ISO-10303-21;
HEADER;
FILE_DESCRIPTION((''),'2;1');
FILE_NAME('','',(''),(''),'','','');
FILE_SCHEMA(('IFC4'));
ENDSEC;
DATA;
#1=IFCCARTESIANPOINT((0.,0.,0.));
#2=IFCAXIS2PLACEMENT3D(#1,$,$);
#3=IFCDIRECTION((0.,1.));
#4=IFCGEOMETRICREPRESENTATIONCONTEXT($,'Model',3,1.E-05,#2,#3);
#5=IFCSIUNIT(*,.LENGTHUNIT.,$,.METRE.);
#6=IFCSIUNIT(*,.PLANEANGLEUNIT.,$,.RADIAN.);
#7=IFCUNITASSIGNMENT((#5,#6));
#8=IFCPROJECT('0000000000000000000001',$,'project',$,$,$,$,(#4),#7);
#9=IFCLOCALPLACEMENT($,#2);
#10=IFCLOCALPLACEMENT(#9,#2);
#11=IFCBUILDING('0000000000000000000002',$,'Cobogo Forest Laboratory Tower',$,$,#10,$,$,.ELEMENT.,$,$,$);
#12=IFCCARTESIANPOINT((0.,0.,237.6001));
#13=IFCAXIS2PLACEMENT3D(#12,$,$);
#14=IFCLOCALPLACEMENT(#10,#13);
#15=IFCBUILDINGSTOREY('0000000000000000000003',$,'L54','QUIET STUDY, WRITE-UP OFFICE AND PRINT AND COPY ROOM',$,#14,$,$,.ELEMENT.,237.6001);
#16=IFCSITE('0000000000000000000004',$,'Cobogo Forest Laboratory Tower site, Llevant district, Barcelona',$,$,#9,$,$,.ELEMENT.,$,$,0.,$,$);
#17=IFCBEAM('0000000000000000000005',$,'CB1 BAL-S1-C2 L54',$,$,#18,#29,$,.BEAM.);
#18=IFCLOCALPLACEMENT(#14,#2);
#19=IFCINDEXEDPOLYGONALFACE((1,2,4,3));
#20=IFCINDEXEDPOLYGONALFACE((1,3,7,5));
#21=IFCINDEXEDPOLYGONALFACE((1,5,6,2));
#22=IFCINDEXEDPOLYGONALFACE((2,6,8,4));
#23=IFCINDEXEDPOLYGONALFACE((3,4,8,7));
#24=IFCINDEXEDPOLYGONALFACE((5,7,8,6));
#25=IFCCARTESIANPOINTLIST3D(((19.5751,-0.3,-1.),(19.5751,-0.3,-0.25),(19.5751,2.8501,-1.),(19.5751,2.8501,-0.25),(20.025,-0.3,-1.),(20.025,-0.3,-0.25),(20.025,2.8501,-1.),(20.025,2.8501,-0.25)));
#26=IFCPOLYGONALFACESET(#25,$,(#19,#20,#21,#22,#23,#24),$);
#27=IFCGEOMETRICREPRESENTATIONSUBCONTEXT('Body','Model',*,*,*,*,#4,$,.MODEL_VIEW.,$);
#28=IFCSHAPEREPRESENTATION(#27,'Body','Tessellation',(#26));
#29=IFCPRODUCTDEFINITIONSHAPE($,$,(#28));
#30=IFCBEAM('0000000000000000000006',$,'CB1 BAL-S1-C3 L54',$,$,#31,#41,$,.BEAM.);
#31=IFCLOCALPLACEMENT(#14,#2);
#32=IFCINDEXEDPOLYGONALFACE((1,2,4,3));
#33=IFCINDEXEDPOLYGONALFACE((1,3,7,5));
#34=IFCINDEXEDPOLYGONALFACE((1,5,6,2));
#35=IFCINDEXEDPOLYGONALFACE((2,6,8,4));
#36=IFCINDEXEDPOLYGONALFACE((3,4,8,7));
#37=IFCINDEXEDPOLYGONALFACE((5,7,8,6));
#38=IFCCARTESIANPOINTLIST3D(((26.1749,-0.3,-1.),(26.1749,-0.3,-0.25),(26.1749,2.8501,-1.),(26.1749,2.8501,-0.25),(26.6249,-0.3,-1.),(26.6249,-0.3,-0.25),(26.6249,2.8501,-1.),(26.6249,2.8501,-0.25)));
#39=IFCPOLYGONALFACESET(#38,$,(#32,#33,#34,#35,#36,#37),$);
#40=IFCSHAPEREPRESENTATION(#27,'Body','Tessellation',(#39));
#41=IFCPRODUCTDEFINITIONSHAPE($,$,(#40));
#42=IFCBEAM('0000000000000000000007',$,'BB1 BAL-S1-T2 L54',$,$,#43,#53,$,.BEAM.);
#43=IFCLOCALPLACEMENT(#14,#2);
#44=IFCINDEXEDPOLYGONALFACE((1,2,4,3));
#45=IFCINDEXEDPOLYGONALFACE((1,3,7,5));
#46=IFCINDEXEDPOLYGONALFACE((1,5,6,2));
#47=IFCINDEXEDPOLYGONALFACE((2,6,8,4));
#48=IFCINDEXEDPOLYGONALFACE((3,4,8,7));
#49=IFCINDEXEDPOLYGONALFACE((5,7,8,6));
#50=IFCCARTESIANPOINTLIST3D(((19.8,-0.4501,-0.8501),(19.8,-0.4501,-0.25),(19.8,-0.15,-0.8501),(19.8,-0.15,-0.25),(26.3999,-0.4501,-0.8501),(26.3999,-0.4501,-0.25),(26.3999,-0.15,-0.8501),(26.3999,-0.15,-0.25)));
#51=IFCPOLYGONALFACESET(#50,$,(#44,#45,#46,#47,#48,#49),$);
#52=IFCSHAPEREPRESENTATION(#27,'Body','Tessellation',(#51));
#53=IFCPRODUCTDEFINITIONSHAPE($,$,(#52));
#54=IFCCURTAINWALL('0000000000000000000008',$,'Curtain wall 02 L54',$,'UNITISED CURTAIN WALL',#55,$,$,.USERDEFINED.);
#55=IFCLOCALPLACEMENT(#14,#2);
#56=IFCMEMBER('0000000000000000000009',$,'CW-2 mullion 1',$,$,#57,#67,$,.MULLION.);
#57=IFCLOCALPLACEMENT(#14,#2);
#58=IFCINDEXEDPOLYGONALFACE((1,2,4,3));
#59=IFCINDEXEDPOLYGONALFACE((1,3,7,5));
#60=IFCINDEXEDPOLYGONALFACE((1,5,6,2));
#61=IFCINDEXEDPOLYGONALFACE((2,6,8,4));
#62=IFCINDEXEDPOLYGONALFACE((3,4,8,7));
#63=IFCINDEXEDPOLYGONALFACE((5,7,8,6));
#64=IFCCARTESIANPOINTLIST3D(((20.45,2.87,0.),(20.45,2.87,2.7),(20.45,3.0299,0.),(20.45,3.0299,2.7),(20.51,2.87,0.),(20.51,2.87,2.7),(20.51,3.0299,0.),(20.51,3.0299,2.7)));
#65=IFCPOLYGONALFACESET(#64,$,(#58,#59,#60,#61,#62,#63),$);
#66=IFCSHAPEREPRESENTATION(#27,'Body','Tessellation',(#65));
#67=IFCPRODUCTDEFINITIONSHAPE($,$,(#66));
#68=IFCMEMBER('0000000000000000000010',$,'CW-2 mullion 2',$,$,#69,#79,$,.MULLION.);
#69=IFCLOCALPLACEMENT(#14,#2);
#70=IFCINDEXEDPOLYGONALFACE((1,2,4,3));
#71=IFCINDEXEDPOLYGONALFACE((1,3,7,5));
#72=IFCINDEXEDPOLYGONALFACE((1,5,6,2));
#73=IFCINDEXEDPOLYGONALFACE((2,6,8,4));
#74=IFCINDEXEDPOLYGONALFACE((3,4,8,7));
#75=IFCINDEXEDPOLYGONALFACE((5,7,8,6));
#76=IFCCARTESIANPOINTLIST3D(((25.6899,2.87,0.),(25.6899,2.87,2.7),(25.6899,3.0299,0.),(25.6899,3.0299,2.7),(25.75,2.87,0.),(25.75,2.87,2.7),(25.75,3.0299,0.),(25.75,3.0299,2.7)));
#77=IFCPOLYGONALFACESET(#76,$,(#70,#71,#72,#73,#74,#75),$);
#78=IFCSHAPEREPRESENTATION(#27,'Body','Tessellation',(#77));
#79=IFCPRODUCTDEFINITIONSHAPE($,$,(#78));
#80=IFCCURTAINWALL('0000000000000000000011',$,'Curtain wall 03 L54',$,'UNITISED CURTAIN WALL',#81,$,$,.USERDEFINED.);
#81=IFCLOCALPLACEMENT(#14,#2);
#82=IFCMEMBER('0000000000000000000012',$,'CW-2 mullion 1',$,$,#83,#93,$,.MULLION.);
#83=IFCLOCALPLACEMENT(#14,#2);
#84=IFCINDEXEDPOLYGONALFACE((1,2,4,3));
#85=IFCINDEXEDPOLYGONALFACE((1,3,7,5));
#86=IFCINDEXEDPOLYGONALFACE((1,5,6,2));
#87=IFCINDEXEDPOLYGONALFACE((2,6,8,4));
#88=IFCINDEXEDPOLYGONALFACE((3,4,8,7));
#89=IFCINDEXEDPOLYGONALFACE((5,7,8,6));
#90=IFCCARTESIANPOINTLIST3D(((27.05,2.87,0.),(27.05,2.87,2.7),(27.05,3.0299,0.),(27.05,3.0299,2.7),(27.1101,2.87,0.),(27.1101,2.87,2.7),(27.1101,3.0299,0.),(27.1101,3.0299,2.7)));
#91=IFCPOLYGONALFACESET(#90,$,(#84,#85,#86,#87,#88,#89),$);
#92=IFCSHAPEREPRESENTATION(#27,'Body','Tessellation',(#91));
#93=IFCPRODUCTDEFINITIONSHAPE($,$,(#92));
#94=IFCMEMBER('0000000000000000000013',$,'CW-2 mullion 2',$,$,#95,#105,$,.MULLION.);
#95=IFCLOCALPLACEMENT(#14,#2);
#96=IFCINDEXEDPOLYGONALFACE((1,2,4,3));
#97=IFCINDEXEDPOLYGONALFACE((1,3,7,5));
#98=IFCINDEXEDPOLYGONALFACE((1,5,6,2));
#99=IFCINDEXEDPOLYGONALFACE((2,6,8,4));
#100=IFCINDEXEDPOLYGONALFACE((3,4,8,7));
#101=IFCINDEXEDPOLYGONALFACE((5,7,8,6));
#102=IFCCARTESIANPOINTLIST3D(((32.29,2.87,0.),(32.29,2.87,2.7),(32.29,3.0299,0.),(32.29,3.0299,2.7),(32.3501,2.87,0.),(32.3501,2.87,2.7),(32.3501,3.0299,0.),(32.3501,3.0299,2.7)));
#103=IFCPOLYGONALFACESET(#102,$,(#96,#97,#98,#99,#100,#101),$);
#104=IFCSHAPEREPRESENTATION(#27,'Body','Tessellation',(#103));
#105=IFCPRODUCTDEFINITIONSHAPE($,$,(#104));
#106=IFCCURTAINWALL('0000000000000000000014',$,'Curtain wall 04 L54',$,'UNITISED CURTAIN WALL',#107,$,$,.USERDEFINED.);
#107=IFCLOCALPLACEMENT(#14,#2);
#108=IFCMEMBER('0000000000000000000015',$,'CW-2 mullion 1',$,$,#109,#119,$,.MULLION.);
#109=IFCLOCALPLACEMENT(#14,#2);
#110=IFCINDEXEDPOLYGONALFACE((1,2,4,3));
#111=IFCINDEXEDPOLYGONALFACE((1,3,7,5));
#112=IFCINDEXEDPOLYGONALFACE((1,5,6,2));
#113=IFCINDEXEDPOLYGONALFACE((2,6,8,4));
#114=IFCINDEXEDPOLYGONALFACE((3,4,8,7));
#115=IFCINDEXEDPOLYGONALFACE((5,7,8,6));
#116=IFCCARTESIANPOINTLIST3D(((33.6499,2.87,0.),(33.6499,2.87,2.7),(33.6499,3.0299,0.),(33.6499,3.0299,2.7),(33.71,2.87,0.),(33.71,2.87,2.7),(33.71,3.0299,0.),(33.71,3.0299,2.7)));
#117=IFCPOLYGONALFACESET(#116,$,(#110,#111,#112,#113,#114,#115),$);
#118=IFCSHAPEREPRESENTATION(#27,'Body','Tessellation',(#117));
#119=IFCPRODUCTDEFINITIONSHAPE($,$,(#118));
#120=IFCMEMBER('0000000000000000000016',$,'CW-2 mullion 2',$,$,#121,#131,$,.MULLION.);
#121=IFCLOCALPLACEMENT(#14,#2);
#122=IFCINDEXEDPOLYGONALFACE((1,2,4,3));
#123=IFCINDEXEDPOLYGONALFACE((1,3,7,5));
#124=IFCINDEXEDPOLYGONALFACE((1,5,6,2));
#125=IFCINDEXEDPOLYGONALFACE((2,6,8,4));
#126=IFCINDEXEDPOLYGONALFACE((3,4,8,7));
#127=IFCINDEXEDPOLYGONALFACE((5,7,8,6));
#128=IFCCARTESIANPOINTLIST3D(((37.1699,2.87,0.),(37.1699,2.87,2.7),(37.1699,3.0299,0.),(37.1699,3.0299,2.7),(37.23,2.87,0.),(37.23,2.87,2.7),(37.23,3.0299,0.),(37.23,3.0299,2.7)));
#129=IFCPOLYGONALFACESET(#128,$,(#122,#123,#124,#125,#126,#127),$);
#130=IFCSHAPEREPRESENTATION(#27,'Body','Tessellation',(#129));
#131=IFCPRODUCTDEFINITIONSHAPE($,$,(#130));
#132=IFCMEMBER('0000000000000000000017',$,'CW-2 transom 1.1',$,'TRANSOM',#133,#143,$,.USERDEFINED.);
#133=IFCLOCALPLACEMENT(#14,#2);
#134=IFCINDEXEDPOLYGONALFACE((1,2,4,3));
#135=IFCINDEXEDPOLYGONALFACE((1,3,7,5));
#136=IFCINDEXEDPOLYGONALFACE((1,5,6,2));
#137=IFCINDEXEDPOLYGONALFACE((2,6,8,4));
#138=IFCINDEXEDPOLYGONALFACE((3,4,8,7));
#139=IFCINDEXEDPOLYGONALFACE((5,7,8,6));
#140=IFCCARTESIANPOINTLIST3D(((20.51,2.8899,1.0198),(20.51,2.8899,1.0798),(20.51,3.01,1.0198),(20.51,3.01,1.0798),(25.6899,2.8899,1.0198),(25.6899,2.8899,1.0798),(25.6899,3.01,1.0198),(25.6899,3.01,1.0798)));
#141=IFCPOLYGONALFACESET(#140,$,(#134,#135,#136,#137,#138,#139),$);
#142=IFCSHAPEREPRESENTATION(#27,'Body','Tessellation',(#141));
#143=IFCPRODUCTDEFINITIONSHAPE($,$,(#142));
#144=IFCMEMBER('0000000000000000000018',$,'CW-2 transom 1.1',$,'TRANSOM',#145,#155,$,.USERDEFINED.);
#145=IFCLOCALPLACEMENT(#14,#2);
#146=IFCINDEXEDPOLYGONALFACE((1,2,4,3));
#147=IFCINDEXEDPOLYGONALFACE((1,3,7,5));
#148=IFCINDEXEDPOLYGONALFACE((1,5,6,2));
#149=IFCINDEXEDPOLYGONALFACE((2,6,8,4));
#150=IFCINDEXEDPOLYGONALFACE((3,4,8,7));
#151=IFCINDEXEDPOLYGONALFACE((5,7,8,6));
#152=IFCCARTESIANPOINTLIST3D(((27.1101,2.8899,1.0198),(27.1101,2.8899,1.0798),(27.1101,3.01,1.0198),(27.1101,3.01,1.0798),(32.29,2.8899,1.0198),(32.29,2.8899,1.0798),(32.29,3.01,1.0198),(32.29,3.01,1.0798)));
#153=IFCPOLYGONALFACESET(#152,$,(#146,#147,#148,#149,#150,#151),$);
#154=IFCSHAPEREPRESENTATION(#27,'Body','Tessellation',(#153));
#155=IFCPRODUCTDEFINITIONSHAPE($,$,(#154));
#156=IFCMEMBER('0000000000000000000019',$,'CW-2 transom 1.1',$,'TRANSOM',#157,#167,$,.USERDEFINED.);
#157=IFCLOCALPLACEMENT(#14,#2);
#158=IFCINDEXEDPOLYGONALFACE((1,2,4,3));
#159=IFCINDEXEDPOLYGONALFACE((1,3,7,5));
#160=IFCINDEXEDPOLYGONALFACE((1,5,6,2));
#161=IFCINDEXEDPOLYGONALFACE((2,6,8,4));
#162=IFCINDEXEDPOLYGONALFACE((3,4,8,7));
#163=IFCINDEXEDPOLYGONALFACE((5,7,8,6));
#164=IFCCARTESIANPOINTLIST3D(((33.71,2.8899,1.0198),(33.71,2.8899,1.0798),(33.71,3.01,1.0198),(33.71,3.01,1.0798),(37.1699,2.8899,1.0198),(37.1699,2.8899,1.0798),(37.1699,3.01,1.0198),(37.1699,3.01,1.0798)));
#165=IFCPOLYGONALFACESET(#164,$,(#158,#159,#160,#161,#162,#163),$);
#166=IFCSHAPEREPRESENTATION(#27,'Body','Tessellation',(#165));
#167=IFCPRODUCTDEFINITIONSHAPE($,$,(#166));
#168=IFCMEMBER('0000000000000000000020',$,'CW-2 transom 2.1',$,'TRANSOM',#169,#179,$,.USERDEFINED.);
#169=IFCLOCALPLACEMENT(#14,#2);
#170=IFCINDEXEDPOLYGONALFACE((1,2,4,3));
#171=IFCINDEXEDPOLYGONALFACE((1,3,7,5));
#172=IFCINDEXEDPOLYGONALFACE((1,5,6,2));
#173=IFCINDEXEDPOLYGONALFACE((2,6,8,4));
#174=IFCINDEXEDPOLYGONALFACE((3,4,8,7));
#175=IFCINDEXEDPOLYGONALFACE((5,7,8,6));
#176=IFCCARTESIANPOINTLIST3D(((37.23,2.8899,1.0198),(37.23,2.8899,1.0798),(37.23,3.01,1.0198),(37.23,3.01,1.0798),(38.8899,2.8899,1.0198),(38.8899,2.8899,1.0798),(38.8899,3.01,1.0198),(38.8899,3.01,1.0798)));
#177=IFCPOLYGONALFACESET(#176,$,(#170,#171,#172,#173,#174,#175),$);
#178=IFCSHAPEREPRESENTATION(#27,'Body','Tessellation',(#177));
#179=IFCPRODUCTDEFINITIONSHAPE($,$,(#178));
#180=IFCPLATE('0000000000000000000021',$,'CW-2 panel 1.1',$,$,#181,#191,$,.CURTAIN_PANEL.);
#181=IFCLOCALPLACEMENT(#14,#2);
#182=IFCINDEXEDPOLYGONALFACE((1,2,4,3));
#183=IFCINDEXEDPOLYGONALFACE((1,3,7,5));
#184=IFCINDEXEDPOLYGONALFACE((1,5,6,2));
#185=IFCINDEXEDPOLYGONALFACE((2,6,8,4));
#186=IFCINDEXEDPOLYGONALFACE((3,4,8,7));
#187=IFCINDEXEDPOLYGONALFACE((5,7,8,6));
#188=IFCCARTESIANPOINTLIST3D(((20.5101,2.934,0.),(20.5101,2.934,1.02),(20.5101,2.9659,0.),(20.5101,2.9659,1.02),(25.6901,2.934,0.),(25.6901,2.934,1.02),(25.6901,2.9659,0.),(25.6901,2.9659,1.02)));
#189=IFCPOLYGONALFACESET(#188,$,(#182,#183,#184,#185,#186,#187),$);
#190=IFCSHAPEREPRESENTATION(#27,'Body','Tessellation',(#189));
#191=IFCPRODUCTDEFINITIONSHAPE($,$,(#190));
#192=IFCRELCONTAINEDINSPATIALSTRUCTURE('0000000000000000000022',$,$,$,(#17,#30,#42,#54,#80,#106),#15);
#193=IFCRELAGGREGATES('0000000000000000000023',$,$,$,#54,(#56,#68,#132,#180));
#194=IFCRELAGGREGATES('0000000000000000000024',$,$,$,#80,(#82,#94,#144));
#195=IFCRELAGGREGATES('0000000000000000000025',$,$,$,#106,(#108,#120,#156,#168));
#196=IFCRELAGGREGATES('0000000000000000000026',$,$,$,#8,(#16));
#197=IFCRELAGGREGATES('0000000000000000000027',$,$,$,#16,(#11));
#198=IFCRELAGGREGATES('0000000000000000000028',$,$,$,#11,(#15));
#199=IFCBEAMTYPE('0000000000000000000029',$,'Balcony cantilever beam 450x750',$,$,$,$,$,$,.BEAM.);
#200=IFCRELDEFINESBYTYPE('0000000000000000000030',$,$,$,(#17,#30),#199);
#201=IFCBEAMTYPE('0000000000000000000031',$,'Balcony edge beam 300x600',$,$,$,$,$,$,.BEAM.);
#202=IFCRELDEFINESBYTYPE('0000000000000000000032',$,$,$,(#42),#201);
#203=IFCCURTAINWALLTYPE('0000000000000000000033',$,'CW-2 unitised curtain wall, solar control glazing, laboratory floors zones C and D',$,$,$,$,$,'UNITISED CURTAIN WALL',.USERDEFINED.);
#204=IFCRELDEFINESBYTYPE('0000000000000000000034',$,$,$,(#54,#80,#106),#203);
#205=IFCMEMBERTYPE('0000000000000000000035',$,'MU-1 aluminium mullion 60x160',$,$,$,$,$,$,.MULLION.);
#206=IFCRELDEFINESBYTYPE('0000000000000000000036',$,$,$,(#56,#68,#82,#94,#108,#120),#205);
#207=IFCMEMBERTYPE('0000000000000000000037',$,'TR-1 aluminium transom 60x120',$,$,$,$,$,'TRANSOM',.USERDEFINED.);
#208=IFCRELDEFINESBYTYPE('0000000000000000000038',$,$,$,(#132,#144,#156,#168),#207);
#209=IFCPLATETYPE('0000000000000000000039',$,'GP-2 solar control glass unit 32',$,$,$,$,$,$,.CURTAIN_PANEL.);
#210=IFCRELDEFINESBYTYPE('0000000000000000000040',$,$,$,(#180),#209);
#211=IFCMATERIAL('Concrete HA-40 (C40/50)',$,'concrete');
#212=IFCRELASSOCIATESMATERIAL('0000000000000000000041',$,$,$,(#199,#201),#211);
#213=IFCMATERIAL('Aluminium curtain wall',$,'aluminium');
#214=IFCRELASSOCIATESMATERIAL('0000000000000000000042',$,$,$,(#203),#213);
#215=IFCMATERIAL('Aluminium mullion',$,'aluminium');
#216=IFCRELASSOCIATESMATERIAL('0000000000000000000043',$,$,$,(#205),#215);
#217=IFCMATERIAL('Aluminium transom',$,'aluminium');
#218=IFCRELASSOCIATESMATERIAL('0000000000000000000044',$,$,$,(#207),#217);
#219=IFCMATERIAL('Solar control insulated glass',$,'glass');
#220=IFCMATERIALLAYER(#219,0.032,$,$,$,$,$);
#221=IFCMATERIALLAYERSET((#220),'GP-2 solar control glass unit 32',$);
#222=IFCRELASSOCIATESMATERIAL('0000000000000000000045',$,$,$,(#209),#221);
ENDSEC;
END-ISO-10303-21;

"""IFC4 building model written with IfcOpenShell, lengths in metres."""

from ifc_helpers import new_model, si_unit, direction, frame, origin, origin_2d, place, context, subcontext, project, spatial, rectangle, extrude, material, layer, layer_set, material_profile, profile_set, type_object, element, aggregate, save


model = new_model("IFC4")

# Units and contexts
model_context = context("Model", 3, precision=1e-05, world=origin(), true_north=direction((0.0, 1.0)))
body_context = subcontext(model_context, "Body", "Model", "MODEL_VIEW")
ifc_project = project(units=[si_unit("LENGTHUNIT", "METRE"), si_unit("PLANEANGLEUNIT", "RADIAN")], contexts=[model_context])

# Site, building, storey
site_placement = place(None, origin())
site = spatial("IfcSite", under=ifc_project, at=site_placement, Name="Cobogo Forest Laboratory Tower site, Llevant district, Barcelona", CompositionType="ELEMENT", RefElevation=0.0)
building_placement = place(site_placement, origin())
building = spatial("IfcBuilding", under=site, at=building_placement, Name="Cobogo Forest Laboratory Tower", CompositionType="ELEMENT")
storey_placement = place(building_placement, frame((0.0, 0.0, 237.6001)))
storey = spatial("IfcBuildingStorey", under=building, at=storey_placement, Name="L54", Description="QUIET STUDY, WRITE-UP OFFICE AND PRINT AND COPY ROOM", CompositionType="ELEMENT", Elevation=237.6001)

# Beams
ifc_material_1 = material(Name="Concrete HA-40 (C40/50)", Category="concrete")
ifc_material_profile_1 = material_profile(ifc_material_1, rectangle(XDim=0.45, YDim=0.75, at=origin_2d()), Name="RC 450x750")
ifc_profile_set_1 = profile_set([ifc_material_profile_1], Name="Concrete HA-40 (C40/50)")
beam_type_1 = type_object("IfcBeamType", Name="Balcony cantilever beam 450x750", PredefinedType="BEAM", material=ifc_profile_set_1)
for number, where, z_axis, x_axis, name in (
    (1, (19.8, 2.8501, -0.625), (0.0, -1.0, 0.0), (1.0, 0.0, 0.0), "CB1 BAL-S1-C2 L54"),
    (2, (26.3999, 2.8501, -0.625), (0.0, -1.0, 0.0), (1.0, 0.0, 0.0), "CB1 BAL-S1-C3 L54"),
):
    element("IfcBeam", number, at=place(storey_placement, frame(where, z_axis=z_axis, x_axis=x_axis)), inside=storey, type_object=beam_type_1, Name=name, PredefinedType="BEAM", context=body_context, shape_type="SweptSolid", body=[
        extrude(rectangle(XDim=0.45, YDim=0.75, at=origin_2d()), origin(), (0.0, 0.0, 1.0), 3.1501),
    ])
ifc_material_profile_2 = material_profile(ifc_material_1, rectangle(XDim=0.3, YDim=0.6001, at=origin_2d()), Name="RC 300x600")
ifc_profile_set_2 = profile_set([ifc_material_profile_2], Name="Concrete HA-40 (C40/50)")
beam_type_2 = type_object("IfcBeamType", Name="Balcony edge beam 300x600", PredefinedType="BEAM", material=ifc_profile_set_2)
beam_placement = place(storey_placement, frame((19.8, -0.3, -0.55), z_axis=(1.0, 0.0, 0.0), x_axis=(0.0, 1.0, 0.0)))
element("IfcBeam", 3, at=beam_placement, inside=storey, type_object=beam_type_2, Name="BB1 BAL-S1-T2 L54", PredefinedType="BEAM", context=body_context, shape_type="SweptSolid", body=[
    extrude(rectangle(XDim=0.3, YDim=0.6001, at=origin_2d()), origin(), (0.0, 0.0, 1.0), 6.5999),
])

# Curtain walls, members
ifc_material_2 = material(Name="Aluminium curtain wall", Category="aluminium")
curtain_wall_type = type_object("IfcCurtainWallType", Name="CW-2 unitised curtain wall, solar control glazing, laboratory floors zones C and D", ElementType="UNITISED CURTAIN WALL", PredefinedType="USERDEFINED", material=ifc_material_2)
curtain_wall_1_placement = place(storey_placement, origin())
curtain_wall_1 = element("IfcCurtainWall", 4, at=curtain_wall_1_placement, inside=storey, type_object=curtain_wall_type, Name="Curtain wall 02 L54", ObjectType="UNITISED CURTAIN WALL", PredefinedType="USERDEFINED")
ifc_material_3 = material(Name="Aluminium mullion", Category="aluminium")
ifc_material_profile_3 = material_profile(ifc_material_3, rectangle(XDim=0.0601, YDim=0.1599, at=origin_2d()), Name="AL 60x160")
ifc_profile_set_3 = profile_set([ifc_material_profile_3], Name="Aluminium mullion")
member_type_1 = type_object("IfcMemberType", Name="MU-1 aluminium mullion 60x160", PredefinedType="MULLION", material=ifc_profile_set_3)
member_1_placement = place(storey_placement, frame((20.48, 2.95, 0.0), z_axis=(0.0, 0.0, 1.0), x_axis=(1.0, 0.0, 0.0)))
member_1 = element("IfcMember", 5, at=member_1_placement, type_object=member_type_1, Name="CW-2 mullion 1", PredefinedType="MULLION", context=body_context, shape_type="SweptSolid", body=[
    extrude(rectangle(XDim=0.0601, YDim=0.1599, at=origin_2d()), origin(), (0.0, 0.0, 1.0), 2.7),
])
member_2_placement = place(storey_placement, frame((25.72, 2.95, 0.0), z_axis=(0.0, 0.0, 1.0), x_axis=(1.0, 0.0, 0.0)))
member_2 = element("IfcMember", 6, at=member_2_placement, type_object=member_type_1, Name="CW-2 mullion 2", PredefinedType="MULLION", context=body_context, shape_type="SweptSolid", body=[
    extrude(rectangle(XDim=0.0601, YDim=0.1599, at=origin_2d()), origin(), (0.0, 0.0, 1.0), 2.7),
])
curtain_wall_2_placement = place(storey_placement, origin())
curtain_wall_2 = element("IfcCurtainWall", 7, at=curtain_wall_2_placement, inside=storey, type_object=curtain_wall_type, Name="Curtain wall 03 L54", ObjectType="UNITISED CURTAIN WALL", PredefinedType="USERDEFINED")
member_3_placement = place(storey_placement, frame((27.0801, 2.95, 0.0), z_axis=(0.0, 0.0, 1.0), x_axis=(1.0, 0.0, 0.0)))
member_3 = element("IfcMember", 8, at=member_3_placement, type_object=member_type_1, Name="CW-2 mullion 1", PredefinedType="MULLION", context=body_context, shape_type="SweptSolid", body=[
    extrude(rectangle(XDim=0.0601, YDim=0.1599, at=origin_2d()), origin(), (0.0, 0.0, 1.0), 2.7),
])
member_4_placement = place(storey_placement, frame((32.3201, 2.95, 0.0), z_axis=(0.0, 0.0, 1.0), x_axis=(1.0, 0.0, 0.0)))
member_4 = element("IfcMember", 9, at=member_4_placement, type_object=member_type_1, Name="CW-2 mullion 2", PredefinedType="MULLION", context=body_context, shape_type="SweptSolid", body=[
    extrude(rectangle(XDim=0.0601, YDim=0.1599, at=origin_2d()), origin(), (0.0, 0.0, 1.0), 2.7),
])
curtain_wall_3_placement = place(storey_placement, origin())
curtain_wall_3 = element("IfcCurtainWall", 10, at=curtain_wall_3_placement, inside=storey, type_object=curtain_wall_type, Name="Curtain wall 04 L54", ObjectType="UNITISED CURTAIN WALL", PredefinedType="USERDEFINED")
member_5_placement = place(storey_placement, frame((33.6799, 2.95, 0.0), z_axis=(0.0, 0.0, 1.0), x_axis=(1.0, 0.0, 0.0)))
member_5 = element("IfcMember", 11, at=member_5_placement, type_object=member_type_1, Name="CW-2 mullion 1", PredefinedType="MULLION", context=body_context, shape_type="SweptSolid", body=[
    extrude(rectangle(XDim=0.0601, YDim=0.1599, at=origin_2d()), origin(), (0.0, 0.0, 1.0), 2.7),
])
member_6_placement = place(storey_placement, frame((37.2, 2.95, 0.0), z_axis=(0.0, 0.0, 1.0), x_axis=(1.0, 0.0, 0.0)))
member_6 = element("IfcMember", 12, at=member_6_placement, type_object=member_type_1, Name="CW-2 mullion 2", PredefinedType="MULLION", context=body_context, shape_type="SweptSolid", body=[
    extrude(rectangle(XDim=0.0601, YDim=0.1599, at=origin_2d()), origin(), (0.0, 0.0, 1.0), 2.7),
])

# Members
ifc_material_4 = material(Name="Aluminium transom", Category="aluminium")
ifc_material_profile_4 = material_profile(ifc_material_4, rectangle(XDim=0.1201, YDim=0.0601, at=origin_2d()), Name="AL 60x120")
ifc_profile_set_4 = profile_set([ifc_material_profile_4], Name="Aluminium transom")
member_type_2 = type_object("IfcMemberType", Name="TR-1 aluminium transom 60x120", ElementType="TRANSOM", PredefinedType="USERDEFINED", material=ifc_profile_set_4)
member_7_placement = place(storey_placement, frame((20.51, 2.95, 1.0498), z_axis=(1.0, 0.0, 0.0), x_axis=(0.0, 1.0, 0.0)))
member_7 = element("IfcMember", 13, at=member_7_placement, type_object=member_type_2, Name="CW-2 transom 1.1", ObjectType="TRANSOM", PredefinedType="USERDEFINED", context=body_context, shape_type="SweptSolid", body=[
    extrude(rectangle(XDim=0.1201, YDim=0.0601, at=origin_2d()), origin(), (0.0, 0.0, 1.0), 5.1799),
])
member_8_placement = place(storey_placement, frame((27.1101, 2.95, 1.0498), z_axis=(1.0, 0.0, 0.0), x_axis=(0.0, 1.0, 0.0)))
member_8 = element("IfcMember", 14, at=member_8_placement, type_object=member_type_2, Name="CW-2 transom 1.1", ObjectType="TRANSOM", PredefinedType="USERDEFINED", context=body_context, shape_type="SweptSolid", body=[
    extrude(rectangle(XDim=0.1201, YDim=0.0601, at=origin_2d()), origin(), (0.0, 0.0, 1.0), 5.1799),
])
member_9_placement = place(storey_placement, frame((33.71, 2.95, 1.0498), z_axis=(1.0, 0.0, 0.0), x_axis=(0.0, 1.0, 0.0)))
member_9 = element("IfcMember", 15, at=member_9_placement, type_object=member_type_2, Name="CW-2 transom 1.1", ObjectType="TRANSOM", PredefinedType="USERDEFINED", context=body_context, shape_type="SweptSolid", body=[
    extrude(rectangle(XDim=0.1201, YDim=0.0601, at=origin_2d()), origin(), (0.0, 0.0, 1.0), 3.46),
])
member_10_placement = place(storey_placement, frame((37.23, 2.95, 1.0498), z_axis=(1.0, 0.0, 0.0), x_axis=(0.0, 1.0, 0.0)))
member_10 = element("IfcMember", 16, at=member_10_placement, type_object=member_type_2, Name="CW-2 transom 2.1", ObjectType="TRANSOM", PredefinedType="USERDEFINED", context=body_context, shape_type="SweptSolid", body=[
    extrude(rectangle(XDim=0.1201, YDim=0.0601, at=origin_2d()), origin(), (0.0, 0.0, 1.0), 1.6599),
])

# Plate
ifc_material_5 = material(Name="Solar control insulated glass", Category="glass")
ifc_layer = layer(ifc_material_5, 0.032)
ifc_layer_set = layer_set([ifc_layer], Name="GP-2 solar control glass unit 32")
plate_type_1 = type_object("IfcPlateType", Name="GP-2 solar control glass unit 32", PredefinedType="CURTAIN_PANEL", material=ifc_layer_set)
plate_1_placement = place(storey_placement, frame((23.1001, 2.95, 0.0), z_axis=(0.0, 0.0, 1.0), x_axis=(1.0, 0.0, 0.0)))
plate_1 = element("IfcPlate", 17, at=plate_1_placement, type_object=plate_type_1, Name="CW-2 panel 1.1", PredefinedType="CURTAIN_PANEL", context=body_context, shape_type="SweptSolid", body=[
    extrude(rectangle(XDim=5.1799, YDim=0.032, at=origin_2d()), origin(), (0.0, 0.0, 1.0), 1.02),
])
aggregate(curtain_wall_1, [member_1, member_2, member_7, plate_1])
aggregate(curtain_wall_2, [member_3, member_4, member_8])
aggregate(curtain_wall_3, [member_5, member_6, member_9, member_10])

save(model, "model.ifc")
